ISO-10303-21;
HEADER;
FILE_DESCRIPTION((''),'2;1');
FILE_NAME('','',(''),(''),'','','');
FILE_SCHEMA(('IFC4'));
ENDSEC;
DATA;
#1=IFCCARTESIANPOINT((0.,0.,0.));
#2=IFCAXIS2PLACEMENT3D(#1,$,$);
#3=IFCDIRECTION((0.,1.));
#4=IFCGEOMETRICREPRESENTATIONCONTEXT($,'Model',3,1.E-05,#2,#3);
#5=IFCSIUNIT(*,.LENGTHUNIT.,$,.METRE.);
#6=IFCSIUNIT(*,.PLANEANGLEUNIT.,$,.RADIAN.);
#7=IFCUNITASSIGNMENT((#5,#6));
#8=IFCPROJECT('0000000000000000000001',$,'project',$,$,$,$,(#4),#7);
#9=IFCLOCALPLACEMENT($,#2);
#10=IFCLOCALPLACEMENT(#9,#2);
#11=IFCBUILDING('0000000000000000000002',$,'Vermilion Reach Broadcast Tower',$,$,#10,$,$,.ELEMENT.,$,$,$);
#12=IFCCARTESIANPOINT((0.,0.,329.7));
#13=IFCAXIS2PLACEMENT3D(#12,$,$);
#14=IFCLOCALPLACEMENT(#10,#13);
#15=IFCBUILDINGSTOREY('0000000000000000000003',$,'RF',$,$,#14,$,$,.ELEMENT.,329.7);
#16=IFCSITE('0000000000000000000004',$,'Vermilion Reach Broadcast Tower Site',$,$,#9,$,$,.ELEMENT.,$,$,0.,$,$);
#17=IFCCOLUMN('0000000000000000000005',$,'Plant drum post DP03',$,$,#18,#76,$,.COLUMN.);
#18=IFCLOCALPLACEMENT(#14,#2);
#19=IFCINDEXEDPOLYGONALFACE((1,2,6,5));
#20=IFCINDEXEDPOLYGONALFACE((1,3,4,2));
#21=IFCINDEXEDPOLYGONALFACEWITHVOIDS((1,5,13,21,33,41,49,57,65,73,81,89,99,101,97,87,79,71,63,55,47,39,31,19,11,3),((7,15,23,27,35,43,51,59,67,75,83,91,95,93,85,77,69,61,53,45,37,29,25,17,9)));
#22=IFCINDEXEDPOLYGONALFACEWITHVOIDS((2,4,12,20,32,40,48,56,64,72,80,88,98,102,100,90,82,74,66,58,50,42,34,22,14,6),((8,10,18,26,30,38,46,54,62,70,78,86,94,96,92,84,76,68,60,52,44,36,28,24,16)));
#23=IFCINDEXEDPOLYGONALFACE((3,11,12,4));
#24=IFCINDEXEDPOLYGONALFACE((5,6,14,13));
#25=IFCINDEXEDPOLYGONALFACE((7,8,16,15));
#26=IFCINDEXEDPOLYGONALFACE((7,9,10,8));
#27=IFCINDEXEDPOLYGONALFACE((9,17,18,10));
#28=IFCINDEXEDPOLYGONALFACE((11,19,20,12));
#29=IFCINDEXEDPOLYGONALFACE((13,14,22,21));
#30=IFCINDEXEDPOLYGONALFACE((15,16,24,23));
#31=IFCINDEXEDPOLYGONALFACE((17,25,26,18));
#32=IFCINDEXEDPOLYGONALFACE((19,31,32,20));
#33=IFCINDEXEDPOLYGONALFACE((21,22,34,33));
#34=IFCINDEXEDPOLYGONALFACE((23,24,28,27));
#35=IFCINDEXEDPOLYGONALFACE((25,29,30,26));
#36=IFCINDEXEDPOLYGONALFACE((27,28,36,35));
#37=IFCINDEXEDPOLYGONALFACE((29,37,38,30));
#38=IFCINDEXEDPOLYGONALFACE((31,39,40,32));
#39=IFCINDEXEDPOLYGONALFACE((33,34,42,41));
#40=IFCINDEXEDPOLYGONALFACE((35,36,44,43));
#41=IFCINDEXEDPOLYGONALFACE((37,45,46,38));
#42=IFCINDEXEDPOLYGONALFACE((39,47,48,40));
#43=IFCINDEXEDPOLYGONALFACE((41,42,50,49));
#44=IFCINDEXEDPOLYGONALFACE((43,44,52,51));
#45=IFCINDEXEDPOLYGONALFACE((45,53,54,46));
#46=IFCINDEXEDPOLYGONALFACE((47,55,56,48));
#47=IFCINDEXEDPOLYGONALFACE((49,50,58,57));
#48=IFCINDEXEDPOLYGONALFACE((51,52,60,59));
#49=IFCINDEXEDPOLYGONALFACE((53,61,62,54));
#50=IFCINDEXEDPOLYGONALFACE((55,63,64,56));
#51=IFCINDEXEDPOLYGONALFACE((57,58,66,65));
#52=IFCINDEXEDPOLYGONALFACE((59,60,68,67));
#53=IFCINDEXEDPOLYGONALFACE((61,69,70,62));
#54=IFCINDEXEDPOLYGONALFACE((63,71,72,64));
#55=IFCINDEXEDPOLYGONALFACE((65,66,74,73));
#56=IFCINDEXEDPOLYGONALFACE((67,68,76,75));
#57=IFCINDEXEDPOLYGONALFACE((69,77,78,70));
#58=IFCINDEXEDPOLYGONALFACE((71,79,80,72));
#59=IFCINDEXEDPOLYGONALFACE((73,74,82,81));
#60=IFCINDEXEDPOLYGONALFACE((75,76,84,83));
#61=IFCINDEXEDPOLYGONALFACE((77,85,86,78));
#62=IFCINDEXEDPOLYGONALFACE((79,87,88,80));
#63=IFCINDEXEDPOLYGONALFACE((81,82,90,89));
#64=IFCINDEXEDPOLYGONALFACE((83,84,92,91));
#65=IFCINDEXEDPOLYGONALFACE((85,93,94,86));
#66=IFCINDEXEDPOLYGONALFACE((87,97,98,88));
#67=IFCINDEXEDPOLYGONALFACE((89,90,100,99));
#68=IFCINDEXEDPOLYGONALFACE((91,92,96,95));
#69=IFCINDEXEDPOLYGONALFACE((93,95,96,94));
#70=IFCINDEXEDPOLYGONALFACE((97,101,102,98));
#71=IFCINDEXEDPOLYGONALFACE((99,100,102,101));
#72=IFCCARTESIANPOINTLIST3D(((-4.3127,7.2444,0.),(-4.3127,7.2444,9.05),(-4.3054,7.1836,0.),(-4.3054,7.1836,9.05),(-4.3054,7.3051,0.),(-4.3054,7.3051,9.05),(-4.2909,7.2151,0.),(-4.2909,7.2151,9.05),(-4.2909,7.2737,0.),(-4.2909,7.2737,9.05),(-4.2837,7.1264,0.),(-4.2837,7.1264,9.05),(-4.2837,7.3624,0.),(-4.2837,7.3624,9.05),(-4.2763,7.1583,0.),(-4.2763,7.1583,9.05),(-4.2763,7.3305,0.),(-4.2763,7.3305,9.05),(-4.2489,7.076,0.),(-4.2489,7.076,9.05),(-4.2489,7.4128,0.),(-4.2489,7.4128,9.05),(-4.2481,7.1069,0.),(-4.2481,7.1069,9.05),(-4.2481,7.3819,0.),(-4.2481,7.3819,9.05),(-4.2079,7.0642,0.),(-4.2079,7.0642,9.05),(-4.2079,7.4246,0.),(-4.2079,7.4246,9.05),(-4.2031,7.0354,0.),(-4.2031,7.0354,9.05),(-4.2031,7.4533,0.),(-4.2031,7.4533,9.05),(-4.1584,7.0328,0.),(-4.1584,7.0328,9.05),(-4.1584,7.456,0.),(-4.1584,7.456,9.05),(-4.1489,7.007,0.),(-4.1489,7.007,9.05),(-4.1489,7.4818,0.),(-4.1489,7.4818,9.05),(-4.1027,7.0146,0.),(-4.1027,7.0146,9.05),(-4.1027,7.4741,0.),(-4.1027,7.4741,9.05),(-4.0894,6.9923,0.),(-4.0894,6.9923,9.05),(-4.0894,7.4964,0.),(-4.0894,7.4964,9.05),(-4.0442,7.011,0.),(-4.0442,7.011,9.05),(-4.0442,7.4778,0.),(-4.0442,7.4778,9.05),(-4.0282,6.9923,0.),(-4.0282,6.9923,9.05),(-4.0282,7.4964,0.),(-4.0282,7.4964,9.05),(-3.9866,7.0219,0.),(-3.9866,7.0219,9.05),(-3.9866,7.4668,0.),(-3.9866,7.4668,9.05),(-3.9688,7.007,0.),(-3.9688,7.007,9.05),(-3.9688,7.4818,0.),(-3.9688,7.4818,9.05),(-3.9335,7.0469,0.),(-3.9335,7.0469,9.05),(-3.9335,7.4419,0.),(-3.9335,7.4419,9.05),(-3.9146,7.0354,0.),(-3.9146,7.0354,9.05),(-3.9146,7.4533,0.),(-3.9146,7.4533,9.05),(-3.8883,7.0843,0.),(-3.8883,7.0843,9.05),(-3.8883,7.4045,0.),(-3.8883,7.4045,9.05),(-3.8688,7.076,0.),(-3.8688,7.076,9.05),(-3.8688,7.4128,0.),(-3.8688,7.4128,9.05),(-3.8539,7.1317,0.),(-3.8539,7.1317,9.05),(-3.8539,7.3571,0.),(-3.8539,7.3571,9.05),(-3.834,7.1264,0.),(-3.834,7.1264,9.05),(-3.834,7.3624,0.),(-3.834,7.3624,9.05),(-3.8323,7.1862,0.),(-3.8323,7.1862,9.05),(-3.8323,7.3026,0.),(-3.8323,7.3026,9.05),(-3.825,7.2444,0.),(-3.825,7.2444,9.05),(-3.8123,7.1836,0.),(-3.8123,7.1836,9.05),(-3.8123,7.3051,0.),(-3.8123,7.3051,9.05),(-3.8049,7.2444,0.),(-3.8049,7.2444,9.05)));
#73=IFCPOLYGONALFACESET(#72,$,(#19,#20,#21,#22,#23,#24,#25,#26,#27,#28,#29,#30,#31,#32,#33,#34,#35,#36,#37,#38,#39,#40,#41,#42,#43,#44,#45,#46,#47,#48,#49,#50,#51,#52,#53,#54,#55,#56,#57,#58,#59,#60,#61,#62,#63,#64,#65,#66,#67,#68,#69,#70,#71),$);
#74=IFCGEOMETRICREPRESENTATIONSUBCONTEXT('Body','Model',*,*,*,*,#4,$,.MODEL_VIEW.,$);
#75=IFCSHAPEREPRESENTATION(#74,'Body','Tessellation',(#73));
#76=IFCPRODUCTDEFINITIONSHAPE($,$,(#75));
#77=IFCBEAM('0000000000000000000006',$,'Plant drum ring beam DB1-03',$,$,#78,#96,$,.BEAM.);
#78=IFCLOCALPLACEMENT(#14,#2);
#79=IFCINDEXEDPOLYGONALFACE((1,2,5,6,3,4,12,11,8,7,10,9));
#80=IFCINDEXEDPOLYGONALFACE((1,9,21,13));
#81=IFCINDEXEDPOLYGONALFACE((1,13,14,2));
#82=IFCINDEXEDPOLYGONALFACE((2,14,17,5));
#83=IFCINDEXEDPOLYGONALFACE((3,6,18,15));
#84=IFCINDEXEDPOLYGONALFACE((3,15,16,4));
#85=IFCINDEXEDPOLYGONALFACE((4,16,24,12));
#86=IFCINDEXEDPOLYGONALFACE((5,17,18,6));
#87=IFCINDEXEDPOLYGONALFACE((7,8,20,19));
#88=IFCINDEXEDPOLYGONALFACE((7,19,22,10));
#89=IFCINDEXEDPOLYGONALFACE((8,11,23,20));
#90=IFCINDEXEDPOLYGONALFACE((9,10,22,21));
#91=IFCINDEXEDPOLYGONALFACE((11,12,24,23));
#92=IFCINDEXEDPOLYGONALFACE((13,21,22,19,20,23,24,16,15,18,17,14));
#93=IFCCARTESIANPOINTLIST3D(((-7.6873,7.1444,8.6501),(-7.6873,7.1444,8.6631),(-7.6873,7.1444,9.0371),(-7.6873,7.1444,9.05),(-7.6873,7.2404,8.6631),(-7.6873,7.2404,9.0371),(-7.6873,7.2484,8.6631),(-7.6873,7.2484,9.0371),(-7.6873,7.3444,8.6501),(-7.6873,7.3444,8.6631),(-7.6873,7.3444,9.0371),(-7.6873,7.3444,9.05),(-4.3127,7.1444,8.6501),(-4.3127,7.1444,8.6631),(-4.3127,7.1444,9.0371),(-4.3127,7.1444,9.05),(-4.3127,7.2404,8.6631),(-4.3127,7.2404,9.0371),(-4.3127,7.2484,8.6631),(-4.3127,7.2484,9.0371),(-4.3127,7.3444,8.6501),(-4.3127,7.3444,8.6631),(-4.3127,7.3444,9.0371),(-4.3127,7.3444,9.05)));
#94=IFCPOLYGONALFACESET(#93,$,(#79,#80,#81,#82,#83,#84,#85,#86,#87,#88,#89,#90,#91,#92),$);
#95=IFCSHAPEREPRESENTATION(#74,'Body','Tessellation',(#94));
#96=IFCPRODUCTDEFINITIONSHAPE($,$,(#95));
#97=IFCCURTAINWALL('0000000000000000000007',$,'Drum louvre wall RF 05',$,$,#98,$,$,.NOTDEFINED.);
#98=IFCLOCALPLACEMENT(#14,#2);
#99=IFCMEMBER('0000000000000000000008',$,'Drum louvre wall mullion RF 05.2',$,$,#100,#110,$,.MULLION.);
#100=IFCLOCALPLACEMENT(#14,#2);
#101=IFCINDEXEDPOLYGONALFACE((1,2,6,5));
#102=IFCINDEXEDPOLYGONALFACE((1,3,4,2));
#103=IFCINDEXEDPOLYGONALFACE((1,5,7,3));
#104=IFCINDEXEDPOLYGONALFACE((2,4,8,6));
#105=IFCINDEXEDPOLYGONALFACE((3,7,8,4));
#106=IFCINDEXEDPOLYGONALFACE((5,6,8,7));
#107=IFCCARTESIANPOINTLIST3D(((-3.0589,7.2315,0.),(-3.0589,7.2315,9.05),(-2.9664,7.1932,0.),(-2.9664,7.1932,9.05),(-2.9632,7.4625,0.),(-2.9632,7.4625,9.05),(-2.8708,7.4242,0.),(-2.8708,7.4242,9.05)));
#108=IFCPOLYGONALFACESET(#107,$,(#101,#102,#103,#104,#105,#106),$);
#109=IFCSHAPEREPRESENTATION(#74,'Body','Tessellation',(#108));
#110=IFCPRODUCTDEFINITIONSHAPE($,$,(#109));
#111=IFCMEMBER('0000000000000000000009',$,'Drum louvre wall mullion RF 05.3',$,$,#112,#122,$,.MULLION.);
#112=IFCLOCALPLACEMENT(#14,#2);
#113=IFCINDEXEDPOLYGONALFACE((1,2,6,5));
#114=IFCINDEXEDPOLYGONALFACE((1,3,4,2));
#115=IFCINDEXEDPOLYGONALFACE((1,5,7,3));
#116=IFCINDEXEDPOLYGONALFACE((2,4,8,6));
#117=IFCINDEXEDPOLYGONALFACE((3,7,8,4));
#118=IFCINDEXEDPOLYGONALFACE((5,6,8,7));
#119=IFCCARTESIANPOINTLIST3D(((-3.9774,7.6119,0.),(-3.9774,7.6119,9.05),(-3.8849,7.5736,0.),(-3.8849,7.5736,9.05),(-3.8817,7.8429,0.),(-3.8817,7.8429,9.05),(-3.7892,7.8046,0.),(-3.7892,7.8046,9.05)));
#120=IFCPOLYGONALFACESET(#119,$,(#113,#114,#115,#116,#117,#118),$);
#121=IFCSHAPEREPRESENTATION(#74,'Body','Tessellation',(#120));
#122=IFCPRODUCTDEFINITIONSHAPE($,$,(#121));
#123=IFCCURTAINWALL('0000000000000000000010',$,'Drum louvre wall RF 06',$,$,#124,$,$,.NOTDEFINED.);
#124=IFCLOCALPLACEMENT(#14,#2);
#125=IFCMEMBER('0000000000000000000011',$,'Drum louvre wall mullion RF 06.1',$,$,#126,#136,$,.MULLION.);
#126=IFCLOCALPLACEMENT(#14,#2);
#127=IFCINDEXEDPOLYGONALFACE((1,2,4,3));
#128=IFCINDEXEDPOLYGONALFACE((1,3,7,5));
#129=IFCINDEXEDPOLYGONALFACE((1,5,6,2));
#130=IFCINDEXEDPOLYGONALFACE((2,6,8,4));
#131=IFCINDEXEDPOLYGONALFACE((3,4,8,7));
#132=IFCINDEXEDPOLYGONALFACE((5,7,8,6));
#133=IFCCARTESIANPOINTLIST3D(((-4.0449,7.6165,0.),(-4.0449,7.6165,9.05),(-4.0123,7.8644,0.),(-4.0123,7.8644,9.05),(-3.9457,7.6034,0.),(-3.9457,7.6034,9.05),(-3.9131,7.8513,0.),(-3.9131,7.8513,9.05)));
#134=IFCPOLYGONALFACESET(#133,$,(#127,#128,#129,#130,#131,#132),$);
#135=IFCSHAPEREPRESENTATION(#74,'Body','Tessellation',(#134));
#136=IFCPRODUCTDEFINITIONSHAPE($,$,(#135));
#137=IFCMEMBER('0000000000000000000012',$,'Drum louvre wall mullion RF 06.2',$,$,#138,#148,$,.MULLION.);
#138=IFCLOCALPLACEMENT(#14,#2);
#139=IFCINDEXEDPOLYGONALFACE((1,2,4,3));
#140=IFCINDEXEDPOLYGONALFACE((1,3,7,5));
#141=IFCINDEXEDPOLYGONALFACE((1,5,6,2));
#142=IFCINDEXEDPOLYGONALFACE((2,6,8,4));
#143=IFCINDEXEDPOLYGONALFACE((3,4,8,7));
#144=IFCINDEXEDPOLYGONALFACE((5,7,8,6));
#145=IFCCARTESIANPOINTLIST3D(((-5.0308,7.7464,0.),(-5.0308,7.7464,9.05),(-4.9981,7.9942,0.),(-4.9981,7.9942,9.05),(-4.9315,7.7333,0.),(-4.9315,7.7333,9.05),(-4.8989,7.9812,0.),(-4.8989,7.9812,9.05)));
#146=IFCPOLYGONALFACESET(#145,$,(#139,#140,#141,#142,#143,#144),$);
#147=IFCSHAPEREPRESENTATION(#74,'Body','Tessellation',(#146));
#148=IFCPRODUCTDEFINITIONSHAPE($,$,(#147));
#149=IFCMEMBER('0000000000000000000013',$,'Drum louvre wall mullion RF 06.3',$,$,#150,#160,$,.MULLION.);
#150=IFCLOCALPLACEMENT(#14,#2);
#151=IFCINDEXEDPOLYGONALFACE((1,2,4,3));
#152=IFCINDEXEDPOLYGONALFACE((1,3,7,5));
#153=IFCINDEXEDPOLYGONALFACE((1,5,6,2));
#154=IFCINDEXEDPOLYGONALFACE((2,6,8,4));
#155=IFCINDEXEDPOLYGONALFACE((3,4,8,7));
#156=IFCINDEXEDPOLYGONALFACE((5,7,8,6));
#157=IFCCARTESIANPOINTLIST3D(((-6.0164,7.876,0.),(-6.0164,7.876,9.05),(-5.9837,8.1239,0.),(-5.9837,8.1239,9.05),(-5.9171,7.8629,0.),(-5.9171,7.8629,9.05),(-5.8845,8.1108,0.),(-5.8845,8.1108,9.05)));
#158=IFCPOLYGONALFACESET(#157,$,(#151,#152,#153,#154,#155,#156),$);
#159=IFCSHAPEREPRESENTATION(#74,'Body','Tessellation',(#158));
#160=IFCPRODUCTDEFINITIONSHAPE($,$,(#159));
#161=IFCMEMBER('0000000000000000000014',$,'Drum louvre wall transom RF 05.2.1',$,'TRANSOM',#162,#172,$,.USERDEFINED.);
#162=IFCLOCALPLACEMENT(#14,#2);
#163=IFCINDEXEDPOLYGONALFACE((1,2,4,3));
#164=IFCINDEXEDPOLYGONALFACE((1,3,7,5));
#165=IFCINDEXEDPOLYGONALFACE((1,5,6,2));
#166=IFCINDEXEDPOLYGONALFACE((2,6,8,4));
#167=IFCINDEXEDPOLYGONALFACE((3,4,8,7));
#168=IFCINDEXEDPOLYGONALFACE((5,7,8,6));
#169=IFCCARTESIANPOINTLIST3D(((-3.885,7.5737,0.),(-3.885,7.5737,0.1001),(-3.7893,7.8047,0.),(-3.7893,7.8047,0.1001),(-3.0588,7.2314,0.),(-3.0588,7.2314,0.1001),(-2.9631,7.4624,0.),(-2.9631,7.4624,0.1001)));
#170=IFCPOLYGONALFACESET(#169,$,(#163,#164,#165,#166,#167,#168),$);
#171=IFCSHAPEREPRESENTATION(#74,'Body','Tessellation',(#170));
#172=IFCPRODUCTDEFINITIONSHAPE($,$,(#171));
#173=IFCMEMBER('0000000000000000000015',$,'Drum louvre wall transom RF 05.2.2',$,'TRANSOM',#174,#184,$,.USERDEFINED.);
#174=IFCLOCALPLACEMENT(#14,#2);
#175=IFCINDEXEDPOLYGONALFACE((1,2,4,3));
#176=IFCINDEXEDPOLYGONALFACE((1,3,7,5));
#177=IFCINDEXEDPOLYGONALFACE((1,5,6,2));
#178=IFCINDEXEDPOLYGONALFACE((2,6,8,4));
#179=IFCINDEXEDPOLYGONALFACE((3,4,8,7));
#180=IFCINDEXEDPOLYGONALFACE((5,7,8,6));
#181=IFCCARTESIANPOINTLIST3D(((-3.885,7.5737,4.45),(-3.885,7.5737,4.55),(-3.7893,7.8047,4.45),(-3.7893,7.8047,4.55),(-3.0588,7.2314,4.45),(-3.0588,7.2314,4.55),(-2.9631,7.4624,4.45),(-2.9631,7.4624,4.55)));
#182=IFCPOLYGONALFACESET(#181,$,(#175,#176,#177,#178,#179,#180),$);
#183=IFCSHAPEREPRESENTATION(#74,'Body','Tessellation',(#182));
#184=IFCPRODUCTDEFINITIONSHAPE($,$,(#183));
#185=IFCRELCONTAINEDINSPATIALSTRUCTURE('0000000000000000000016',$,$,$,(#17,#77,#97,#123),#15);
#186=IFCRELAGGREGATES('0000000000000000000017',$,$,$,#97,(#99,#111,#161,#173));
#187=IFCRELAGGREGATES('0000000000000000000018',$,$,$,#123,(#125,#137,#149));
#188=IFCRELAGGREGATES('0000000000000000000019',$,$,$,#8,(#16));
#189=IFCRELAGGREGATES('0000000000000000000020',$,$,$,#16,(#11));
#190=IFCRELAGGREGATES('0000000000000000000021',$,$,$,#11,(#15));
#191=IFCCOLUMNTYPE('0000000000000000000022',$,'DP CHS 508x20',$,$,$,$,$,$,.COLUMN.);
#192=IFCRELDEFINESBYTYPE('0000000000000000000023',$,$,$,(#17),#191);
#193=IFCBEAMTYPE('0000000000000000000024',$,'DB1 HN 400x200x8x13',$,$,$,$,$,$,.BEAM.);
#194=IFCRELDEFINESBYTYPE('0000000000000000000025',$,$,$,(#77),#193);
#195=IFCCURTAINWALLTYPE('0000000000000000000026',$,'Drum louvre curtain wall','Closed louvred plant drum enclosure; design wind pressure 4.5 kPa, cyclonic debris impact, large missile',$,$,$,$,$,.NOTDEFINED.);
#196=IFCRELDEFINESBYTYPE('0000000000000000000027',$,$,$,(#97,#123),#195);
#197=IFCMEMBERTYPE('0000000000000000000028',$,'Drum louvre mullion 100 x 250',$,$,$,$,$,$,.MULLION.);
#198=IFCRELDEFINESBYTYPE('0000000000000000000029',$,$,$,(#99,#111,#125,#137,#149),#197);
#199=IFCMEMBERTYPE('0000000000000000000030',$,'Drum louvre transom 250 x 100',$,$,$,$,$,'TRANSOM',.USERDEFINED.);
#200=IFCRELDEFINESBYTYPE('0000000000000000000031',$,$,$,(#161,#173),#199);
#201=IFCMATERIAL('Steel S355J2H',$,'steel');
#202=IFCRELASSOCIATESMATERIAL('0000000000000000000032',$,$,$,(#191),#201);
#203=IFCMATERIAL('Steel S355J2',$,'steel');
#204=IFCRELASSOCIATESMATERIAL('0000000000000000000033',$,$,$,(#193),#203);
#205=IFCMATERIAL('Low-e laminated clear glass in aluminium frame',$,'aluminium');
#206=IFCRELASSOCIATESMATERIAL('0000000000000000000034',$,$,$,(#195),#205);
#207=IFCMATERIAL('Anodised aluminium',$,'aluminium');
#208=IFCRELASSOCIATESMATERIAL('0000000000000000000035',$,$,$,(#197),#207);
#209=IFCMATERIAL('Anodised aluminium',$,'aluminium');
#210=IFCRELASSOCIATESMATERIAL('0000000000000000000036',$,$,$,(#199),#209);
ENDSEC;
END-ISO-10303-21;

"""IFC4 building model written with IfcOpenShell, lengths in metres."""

from ifc_helpers import new_model, si_unit, direction, frame, origin, origin_2d, place, context, subcontext, project, spatial, rectangle, hollow_circle, i_section, extrude, material, material_profile, profile_set, type_object, element, aggregate, save


model = new_model("IFC4")

# Units and contexts
model_context = context("Model", 3, precision=1e-05, world=origin(), true_north=direction((0.0, 1.0)))
body_context = subcontext(model_context, "Body", "Model", "MODEL_VIEW")
ifc_project = project(units=[si_unit("LENGTHUNIT", "METRE"), si_unit("PLANEANGLEUNIT", "RADIAN")], contexts=[model_context])

# Site, building, storey
site_placement = place(None, origin())
site = spatial("IfcSite", under=ifc_project, at=site_placement, Name="Vermilion Reach Broadcast Tower Site", CompositionType="ELEMENT", RefElevation=0.0)
building_placement = place(site_placement, origin())
building = spatial("IfcBuilding", under=site, at=building_placement, Name="Vermilion Reach Broadcast Tower", CompositionType="ELEMENT")
storey_placement = place(building_placement, frame((0.0, 0.0, 329.7)))
storey = spatial("IfcBuildingStorey", under=building, at=storey_placement, Name="RF", CompositionType="ELEMENT", Elevation=329.7)

# Column
ifc_material_1 = material(Name="Steel S355J2H", Category="steel")
ifc_material_profile_1 = material_profile(ifc_material_1, hollow_circle(Radius=0.2539, WallThickness=0.02, at=origin_2d()), Name="S355J2H CHS 508x20")
ifc_profile_set_1 = profile_set([ifc_material_profile_1], Name="Steel S355J2H")
column_type = type_object("IfcColumnType", Name="DP CHS 508x20", PredefinedType="COLUMN", material=ifc_profile_set_1)
column_placement = place(storey_placement, frame((-4.0588, 7.2444, 0.0), z_axis=(0.0, 0.0, 1.0), x_axis=(1.0, 0.0, 0.0)))
element("IfcColumn", 1, at=column_placement, inside=storey, type_object=column_type, Name="Plant drum post DP03", PredefinedType="COLUMN", context=body_context, shape_type="SweptSolid", body=[
    extrude(hollow_circle(Radius=0.2539, WallThickness=0.02, at=origin_2d()), origin(), (0.0, 0.0, 1.0), 9.05),
])

# Beam
ifc_material_2 = material(Name="Steel S355J2", Category="steel")
ifc_material_profile_2 = material_profile(ifc_material_2, i_section(OverallWidth=0.2, OverallDepth=0.3999, WebThickness=0.0081, FlangeThickness=0.0129, at=origin_2d()), Name="S355J2 HN 400x200x8x13")
ifc_profile_set_2 = profile_set([ifc_material_profile_2], Name="Steel S355J2")
beam_type = type_object("IfcBeamType", Name="DB1 HN 400x200x8x13", PredefinedType="BEAM", material=ifc_profile_set_2)
beam_placement = place(storey_placement, frame((-4.3127, 7.2444, 8.8501), z_axis=(-1.0, 0.0, 0.0), x_axis=(0.0, -1.0, 0.0)))
element("IfcBeam", 2, at=beam_placement, inside=storey, type_object=beam_type, Name="Plant drum ring beam DB1-03", PredefinedType="BEAM", context=body_context, shape_type="SweptSolid", body=[
    extrude(i_section(OverallWidth=0.2, OverallDepth=0.3999, WebThickness=0.0081, FlangeThickness=0.0129, at=origin_2d()), origin(), (0.0, 0.0, 1.0), 3.3745),
])

# Curtain walls, members
ifc_material_3 = material(Name="Low-e laminated clear glass in aluminium frame", Category="aluminium")
curtain_wall_type = type_object("IfcCurtainWallType", Name="Drum louvre curtain wall", Description="Closed louvred plant drum enclosure; design wind pressure 4.5 kPa, cyclonic debris impact, large missile", PredefinedType="NOTDEFINED", material=ifc_material_3)
placement = place(storey_placement, origin())
curtain_wall_1 = element("IfcCurtainWall", 3, at=placement, inside=storey, type_object=curtain_wall_type, Name="Drum louvre wall RF 05", PredefinedType="NOTDEFINED")
ifc_material_4 = material(Name="Anodised aluminium", Category="aluminium")
ifc_material_profile_3 = material_profile(ifc_material_4, rectangle(XDim=0.25, YDim=0.1001, at=origin_2d()), Name="Drum louvre mullion 100 x 250")
ifc_profile_set_3 = profile_set([ifc_material_profile_3], Name="Anodised aluminium")
member_type_1 = type_object("IfcMemberType", Name="Drum louvre mullion 100 x 250", PredefinedType="MULLION", material=ifc_profile_set_3)
member_1_placement = place(storey_placement, frame((-2.9648, 7.3279, 0.0), z_axis=(0.0, 0.0, 1.0), x_axis=(-0.382683, -0.92388, 0.0)))
member_1 = element("IfcMember", 4, at=member_1_placement, type_object=member_type_1, Name="Drum louvre wall mullion RF 05.2", PredefinedType="MULLION", context=body_context, shape_type="SweptSolid", body=[
    extrude(rectangle(XDim=0.25, YDim=0.1001, at=origin_2d()), origin(), (0.0, 0.0, 1.0), 9.05),
])
member_2_placement = place(storey_placement, frame((-3.8833, 7.7083, 0.0), z_axis=(0.0, 0.0, 1.0), x_axis=(-0.382683, -0.92388, 0.0)))
member_2 = element("IfcMember", 5, at=member_2_placement, type_object=member_type_1, Name="Drum louvre wall mullion RF 05.3", PredefinedType="MULLION", context=body_context, shape_type="SweptSolid", body=[
    extrude(rectangle(XDim=0.25, YDim=0.1001, at=origin_2d()), origin(), (0.0, 0.0, 1.0), 9.05),
])
curtain_wall_2 = element("IfcCurtainWall", 6, at=placement, inside=storey, type_object=curtain_wall_type, Name="Drum louvre wall RF 06", PredefinedType="NOTDEFINED")
member_3_placement = place(storey_placement, frame((-3.979, 7.7339, 0.0), z_axis=(0.0, 0.0, 1.0), x_axis=(-0.130526, -0.991445, 0.0)))
member_3 = element("IfcMember", 7, at=member_3_placement, type_object=member_type_1, Name="Drum louvre wall mullion RF 06.1", PredefinedType="MULLION", context=body_context, shape_type="SweptSolid", body=[
    extrude(rectangle(XDim=0.25, YDim=0.1001, at=origin_2d()), origin(), (0.0, 0.0, 1.0), 9.05),
])
member_4_placement = place(storey_placement, frame((-4.9648, 7.8638, 0.0), z_axis=(0.0, 0.0, 1.0), x_axis=(-0.130526, -0.991445, 0.0)))
member_4 = element("IfcMember", 8, at=member_4_placement, type_object=member_type_1, Name="Drum louvre wall mullion RF 06.2", PredefinedType="MULLION", context=body_context, shape_type="SweptSolid", body=[
    extrude(rectangle(XDim=0.25, YDim=0.1001, at=origin_2d()), origin(), (0.0, 0.0, 1.0), 9.05),
])
member_5_placement = place(storey_placement, frame((-5.9504, 7.9934, 0.0), z_axis=(0.0, 0.0, 1.0), x_axis=(-0.130526, -0.991445, 0.0)))
member_5 = element("IfcMember", 9, at=member_5_placement, type_object=member_type_1, Name="Drum louvre wall mullion RF 06.3", PredefinedType="MULLION", context=body_context, shape_type="SweptSolid", body=[
    extrude(rectangle(XDim=0.25, YDim=0.1001, at=origin_2d()), origin(), (0.0, 0.0, 1.0), 9.05),
])

# Members
ifc_material_5 = material(Name="Anodised aluminium", Category="aluminium")
ifc_material_profile_4 = material_profile(ifc_material_5, rectangle(XDim=0.25, YDim=0.1001, at=origin_2d()), Name="Drum louvre transom 250 x 100")
ifc_profile_set_4 = profile_set([ifc_material_profile_4], Name="Anodised aluminium")
member_type_2 = type_object("IfcMemberType", Name="Drum louvre transom 250 x 100", ElementType="TRANSOM", PredefinedType="USERDEFINED", material=ifc_profile_set_4)
member_6_placement = place(storey_placement, frame((-3.011, 7.3469, 0.05), z_axis=(-0.92385, 0.382754, 0.0), x_axis=(-0.382754, -0.92385, 0.0)))
member_6 = element("IfcMember", 10, at=member_6_placement, type_object=member_type_2, Name="Drum louvre wall transom RF 05.2.1", ObjectType="TRANSOM", PredefinedType="USERDEFINED", context=body_context, shape_type="SweptSolid", body=[
    extrude(rectangle(XDim=0.25, YDim=0.1001, at=origin_2d()), origin(), (0.0, 0.0, 1.0), 0.8943),
])
member_7_placement = place(storey_placement, frame((-3.011, 7.3469, 4.5), z_axis=(-0.92385, 0.382754, 0.0), x_axis=(-0.382754, -0.92385, 0.0)))
member_7 = element("IfcMember", 11, at=member_7_placement, type_object=member_type_2, Name="Drum louvre wall transom RF 05.2.2", ObjectType="TRANSOM", PredefinedType="USERDEFINED", context=body_context, shape_type="SweptSolid", body=[
    extrude(rectangle(XDim=0.25, YDim=0.1001, at=origin_2d()), origin(), (0.0, 0.0, 1.0), 0.8943),
])

aggregate(curtain_wall_1, [member_1, member_2, member_6, member_7])
aggregate(curtain_wall_2, [member_3, member_4, member_5])

save(model, "model.ifc")
